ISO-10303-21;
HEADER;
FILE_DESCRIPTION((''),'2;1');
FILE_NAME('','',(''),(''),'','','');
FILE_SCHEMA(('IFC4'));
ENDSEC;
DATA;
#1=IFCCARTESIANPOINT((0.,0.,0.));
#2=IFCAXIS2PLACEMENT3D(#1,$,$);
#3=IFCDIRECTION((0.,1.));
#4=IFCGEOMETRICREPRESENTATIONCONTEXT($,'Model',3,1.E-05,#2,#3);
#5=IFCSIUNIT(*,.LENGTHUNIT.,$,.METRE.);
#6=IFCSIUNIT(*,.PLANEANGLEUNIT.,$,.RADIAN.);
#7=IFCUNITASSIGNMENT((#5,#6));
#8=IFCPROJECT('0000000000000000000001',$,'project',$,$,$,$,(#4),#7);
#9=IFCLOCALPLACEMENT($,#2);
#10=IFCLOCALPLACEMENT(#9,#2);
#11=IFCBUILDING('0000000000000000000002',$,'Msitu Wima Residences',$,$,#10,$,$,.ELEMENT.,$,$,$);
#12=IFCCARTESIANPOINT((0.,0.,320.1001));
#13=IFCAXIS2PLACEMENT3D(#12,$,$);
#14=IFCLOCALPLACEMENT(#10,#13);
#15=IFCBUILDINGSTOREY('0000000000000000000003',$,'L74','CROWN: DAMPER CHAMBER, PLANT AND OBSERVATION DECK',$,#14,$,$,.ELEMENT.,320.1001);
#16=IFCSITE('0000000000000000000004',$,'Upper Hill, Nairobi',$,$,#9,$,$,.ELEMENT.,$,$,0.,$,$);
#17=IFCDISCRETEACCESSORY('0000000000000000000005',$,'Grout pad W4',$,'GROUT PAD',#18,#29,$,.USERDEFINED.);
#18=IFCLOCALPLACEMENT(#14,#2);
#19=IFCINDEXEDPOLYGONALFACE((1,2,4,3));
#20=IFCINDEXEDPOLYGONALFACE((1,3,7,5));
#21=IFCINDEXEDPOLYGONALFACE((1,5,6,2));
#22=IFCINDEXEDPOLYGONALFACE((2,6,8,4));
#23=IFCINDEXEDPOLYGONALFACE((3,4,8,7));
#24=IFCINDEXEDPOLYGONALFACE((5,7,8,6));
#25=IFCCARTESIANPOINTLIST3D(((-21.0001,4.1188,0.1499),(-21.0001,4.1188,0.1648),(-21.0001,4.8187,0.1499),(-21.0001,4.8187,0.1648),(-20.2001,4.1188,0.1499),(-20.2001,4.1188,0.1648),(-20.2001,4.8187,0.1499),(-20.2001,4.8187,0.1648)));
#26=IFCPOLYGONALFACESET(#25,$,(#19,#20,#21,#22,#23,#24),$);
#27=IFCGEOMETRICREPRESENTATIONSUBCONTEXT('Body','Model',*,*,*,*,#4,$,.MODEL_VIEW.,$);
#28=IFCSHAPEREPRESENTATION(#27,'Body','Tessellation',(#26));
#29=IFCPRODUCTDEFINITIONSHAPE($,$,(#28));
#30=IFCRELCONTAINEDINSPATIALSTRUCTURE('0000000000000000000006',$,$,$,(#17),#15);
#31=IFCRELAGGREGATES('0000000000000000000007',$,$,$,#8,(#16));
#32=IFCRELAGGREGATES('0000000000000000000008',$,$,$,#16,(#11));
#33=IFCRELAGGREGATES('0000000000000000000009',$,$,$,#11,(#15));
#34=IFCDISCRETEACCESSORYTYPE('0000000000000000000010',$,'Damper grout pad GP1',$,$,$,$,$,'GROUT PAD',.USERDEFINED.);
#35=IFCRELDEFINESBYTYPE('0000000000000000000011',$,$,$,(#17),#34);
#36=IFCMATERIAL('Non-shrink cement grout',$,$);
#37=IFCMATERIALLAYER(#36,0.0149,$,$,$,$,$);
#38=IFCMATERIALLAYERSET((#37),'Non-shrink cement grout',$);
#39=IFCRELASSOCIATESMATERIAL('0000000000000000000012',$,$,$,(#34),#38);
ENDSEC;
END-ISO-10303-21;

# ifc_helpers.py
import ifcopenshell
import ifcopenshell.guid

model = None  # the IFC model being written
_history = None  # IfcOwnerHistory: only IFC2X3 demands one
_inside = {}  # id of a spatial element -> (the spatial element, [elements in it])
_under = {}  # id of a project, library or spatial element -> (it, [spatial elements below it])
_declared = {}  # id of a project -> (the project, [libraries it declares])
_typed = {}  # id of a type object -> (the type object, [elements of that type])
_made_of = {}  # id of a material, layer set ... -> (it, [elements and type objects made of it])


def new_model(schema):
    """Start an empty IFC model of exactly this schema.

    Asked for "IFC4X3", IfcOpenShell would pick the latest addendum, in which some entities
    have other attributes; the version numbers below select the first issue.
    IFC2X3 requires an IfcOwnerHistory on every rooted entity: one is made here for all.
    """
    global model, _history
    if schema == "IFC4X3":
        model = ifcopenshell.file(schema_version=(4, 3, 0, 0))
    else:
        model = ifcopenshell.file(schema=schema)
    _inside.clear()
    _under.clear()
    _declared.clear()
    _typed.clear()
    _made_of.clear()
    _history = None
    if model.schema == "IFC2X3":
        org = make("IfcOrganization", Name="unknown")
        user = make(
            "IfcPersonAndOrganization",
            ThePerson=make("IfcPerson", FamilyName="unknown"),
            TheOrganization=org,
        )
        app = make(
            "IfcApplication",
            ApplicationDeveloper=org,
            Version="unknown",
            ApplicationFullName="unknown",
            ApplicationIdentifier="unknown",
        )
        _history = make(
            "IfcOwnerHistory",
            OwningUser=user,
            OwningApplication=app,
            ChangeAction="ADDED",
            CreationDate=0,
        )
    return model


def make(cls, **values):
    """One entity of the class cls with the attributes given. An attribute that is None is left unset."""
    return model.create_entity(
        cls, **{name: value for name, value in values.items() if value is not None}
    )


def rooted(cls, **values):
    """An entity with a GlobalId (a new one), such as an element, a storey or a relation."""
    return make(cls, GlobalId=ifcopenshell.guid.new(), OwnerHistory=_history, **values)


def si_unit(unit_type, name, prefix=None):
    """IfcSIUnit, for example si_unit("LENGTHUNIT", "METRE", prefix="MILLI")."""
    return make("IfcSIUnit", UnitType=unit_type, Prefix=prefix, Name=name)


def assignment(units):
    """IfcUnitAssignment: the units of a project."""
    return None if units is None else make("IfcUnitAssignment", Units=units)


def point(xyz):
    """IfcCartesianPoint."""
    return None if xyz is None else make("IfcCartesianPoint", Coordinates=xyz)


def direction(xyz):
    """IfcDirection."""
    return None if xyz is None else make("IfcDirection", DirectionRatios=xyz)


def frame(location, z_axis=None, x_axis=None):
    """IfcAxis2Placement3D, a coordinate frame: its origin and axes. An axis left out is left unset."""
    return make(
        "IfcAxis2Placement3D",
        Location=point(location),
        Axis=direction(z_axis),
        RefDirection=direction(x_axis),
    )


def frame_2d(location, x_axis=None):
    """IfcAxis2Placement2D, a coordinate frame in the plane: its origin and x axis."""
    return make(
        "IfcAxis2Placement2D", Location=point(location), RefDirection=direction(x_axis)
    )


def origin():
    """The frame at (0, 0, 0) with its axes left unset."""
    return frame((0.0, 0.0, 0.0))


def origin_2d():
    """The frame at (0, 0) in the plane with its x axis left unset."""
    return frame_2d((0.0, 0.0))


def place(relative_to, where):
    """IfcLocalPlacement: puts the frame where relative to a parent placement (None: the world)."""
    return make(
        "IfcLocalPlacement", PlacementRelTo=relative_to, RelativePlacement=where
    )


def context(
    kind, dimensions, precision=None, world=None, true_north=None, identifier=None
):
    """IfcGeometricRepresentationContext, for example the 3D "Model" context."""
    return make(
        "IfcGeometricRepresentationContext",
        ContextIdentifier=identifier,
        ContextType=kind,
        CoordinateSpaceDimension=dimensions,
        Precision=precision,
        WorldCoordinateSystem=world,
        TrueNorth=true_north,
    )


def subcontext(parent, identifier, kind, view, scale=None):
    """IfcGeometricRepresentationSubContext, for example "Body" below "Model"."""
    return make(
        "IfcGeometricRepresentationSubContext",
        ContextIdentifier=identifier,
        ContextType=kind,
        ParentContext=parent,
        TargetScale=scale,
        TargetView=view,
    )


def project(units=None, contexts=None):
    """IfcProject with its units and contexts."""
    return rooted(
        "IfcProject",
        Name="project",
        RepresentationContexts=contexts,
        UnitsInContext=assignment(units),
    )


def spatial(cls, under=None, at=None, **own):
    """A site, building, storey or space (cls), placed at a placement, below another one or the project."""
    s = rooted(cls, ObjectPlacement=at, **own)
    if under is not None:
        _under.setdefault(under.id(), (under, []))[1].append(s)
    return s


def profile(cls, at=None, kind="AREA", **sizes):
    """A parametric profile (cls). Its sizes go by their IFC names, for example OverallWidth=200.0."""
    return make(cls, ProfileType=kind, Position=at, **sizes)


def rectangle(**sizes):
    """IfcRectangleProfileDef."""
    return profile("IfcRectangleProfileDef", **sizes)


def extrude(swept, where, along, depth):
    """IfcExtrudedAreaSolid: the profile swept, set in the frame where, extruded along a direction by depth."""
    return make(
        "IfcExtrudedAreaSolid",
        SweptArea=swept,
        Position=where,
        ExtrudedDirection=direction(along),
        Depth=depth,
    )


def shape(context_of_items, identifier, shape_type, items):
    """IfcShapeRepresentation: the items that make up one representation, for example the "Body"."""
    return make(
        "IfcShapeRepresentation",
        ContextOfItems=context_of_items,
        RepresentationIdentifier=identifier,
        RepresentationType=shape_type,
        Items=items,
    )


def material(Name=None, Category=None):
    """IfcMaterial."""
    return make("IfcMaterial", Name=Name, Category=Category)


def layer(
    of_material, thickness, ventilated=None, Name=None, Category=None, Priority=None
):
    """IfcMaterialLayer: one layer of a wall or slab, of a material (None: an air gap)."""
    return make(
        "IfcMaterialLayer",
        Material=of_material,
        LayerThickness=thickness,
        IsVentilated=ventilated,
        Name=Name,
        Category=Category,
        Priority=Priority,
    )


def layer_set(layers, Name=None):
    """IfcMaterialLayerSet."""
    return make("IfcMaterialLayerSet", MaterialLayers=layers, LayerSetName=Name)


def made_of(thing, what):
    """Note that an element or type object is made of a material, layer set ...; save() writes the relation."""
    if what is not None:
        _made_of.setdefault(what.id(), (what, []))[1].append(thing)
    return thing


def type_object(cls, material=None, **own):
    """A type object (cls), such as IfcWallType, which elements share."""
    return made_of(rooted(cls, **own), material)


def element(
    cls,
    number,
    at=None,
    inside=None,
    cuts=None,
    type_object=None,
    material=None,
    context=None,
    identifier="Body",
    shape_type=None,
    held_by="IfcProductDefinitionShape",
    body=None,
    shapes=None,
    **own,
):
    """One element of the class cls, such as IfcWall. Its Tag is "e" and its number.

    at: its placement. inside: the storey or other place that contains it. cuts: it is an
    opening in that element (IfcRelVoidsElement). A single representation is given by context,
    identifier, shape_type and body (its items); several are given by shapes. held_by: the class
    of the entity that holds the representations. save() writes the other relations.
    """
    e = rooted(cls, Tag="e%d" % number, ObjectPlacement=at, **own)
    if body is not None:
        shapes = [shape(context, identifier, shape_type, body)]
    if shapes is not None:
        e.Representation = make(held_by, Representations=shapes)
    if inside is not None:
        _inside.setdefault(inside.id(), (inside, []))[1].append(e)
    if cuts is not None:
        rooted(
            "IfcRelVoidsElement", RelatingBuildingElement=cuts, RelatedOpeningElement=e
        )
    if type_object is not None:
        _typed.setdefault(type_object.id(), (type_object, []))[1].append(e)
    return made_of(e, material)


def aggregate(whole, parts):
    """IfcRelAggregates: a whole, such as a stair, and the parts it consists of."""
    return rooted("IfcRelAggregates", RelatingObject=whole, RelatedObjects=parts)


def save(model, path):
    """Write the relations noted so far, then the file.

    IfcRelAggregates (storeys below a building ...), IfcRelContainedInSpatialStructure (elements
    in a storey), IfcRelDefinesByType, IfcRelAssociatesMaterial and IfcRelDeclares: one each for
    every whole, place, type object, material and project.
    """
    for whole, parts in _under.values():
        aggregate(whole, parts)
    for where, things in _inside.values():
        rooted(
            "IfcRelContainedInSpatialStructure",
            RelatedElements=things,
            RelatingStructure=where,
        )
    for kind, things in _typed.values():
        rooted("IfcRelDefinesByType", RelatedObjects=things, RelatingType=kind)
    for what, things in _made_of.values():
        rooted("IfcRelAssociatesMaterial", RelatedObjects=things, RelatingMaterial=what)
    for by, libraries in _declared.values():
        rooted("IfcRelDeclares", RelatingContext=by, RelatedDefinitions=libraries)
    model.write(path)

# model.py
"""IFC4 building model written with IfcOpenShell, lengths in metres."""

from ifc_helpers import new_model, si_unit, direction, frame, origin, origin_2d, place, context, subcontext, project, spatial, rectangle, extrude, material, layer, layer_set, type_object, element, save


model = new_model("IFC4")

# Units and contexts
model_context = context("Model", 3, precision=1e-05, world=origin(), true_north=direction((0.0, 1.0)))
body_context = subcontext(model_context, "Body", "Model", "MODEL_VIEW")
ifc_project = project(units=[si_unit("LENGTHUNIT", "METRE"), si_unit("PLANEANGLEUNIT", "RADIAN")], contexts=[model_context])

# Site, building, storey
site_placement = place(None, origin())
site = spatial("IfcSite", under=ifc_project, at=site_placement, Name="Upper Hill, Nairobi", CompositionType="ELEMENT", RefElevation=0.0)
building_placement = place(site_placement, origin())
building = spatial("IfcBuilding", under=site, at=building_placement, Name="Msitu Wima Residences", CompositionType="ELEMENT")
storey_placement = place(building_placement, frame((0.0, 0.0, 320.1001)))
storey = spatial("IfcBuildingStorey", under=building, at=storey_placement, Name="L74", Description="CROWN: DAMPER CHAMBER, PLANT AND OBSERVATION DECK", CompositionType="ELEMENT", Elevation=320.1001)

# Discrete accessory
ifc_material_1 = material(Name="Non-shrink cement grout")
ifc_layer_1 = layer(ifc_material_1, 0.0149)
ifc_layer_set_1 = layer_set([ifc_layer_1], Name="Non-shrink cement grout")
discrete_accessory_type_1 = type_object("IfcDiscreteAccessoryType", Name="Damper grout pad GP1", ElementType="GROUT PAD", PredefinedType="USERDEFINED", material=ifc_layer_set_1)
for number, where, z_axis, x_axis, name in (
    (1, (-20.6001, 4.4688, 0.1499), (0.0, 0.0, 1.0), (1.0, 0.0, 0.0), "Grout pad W4"),
):
    element("IfcDiscreteAccessory", number, at=place(storey_placement, frame(where, z_axis=z_axis, x_axis=x_axis)), inside=storey, type_object=discrete_accessory_type_1, Name=name, ObjectType="GROUT PAD", PredefinedType="USERDEFINED", context=body_context, shape_type="SweptSolid", body=[
        extrude(rectangle(XDim=0.8, YDim=0.7, at=origin_2d()), origin(), (0.0, 0.0, 1.0), 0.0149),
    ])

save(model, "model.ifc")
